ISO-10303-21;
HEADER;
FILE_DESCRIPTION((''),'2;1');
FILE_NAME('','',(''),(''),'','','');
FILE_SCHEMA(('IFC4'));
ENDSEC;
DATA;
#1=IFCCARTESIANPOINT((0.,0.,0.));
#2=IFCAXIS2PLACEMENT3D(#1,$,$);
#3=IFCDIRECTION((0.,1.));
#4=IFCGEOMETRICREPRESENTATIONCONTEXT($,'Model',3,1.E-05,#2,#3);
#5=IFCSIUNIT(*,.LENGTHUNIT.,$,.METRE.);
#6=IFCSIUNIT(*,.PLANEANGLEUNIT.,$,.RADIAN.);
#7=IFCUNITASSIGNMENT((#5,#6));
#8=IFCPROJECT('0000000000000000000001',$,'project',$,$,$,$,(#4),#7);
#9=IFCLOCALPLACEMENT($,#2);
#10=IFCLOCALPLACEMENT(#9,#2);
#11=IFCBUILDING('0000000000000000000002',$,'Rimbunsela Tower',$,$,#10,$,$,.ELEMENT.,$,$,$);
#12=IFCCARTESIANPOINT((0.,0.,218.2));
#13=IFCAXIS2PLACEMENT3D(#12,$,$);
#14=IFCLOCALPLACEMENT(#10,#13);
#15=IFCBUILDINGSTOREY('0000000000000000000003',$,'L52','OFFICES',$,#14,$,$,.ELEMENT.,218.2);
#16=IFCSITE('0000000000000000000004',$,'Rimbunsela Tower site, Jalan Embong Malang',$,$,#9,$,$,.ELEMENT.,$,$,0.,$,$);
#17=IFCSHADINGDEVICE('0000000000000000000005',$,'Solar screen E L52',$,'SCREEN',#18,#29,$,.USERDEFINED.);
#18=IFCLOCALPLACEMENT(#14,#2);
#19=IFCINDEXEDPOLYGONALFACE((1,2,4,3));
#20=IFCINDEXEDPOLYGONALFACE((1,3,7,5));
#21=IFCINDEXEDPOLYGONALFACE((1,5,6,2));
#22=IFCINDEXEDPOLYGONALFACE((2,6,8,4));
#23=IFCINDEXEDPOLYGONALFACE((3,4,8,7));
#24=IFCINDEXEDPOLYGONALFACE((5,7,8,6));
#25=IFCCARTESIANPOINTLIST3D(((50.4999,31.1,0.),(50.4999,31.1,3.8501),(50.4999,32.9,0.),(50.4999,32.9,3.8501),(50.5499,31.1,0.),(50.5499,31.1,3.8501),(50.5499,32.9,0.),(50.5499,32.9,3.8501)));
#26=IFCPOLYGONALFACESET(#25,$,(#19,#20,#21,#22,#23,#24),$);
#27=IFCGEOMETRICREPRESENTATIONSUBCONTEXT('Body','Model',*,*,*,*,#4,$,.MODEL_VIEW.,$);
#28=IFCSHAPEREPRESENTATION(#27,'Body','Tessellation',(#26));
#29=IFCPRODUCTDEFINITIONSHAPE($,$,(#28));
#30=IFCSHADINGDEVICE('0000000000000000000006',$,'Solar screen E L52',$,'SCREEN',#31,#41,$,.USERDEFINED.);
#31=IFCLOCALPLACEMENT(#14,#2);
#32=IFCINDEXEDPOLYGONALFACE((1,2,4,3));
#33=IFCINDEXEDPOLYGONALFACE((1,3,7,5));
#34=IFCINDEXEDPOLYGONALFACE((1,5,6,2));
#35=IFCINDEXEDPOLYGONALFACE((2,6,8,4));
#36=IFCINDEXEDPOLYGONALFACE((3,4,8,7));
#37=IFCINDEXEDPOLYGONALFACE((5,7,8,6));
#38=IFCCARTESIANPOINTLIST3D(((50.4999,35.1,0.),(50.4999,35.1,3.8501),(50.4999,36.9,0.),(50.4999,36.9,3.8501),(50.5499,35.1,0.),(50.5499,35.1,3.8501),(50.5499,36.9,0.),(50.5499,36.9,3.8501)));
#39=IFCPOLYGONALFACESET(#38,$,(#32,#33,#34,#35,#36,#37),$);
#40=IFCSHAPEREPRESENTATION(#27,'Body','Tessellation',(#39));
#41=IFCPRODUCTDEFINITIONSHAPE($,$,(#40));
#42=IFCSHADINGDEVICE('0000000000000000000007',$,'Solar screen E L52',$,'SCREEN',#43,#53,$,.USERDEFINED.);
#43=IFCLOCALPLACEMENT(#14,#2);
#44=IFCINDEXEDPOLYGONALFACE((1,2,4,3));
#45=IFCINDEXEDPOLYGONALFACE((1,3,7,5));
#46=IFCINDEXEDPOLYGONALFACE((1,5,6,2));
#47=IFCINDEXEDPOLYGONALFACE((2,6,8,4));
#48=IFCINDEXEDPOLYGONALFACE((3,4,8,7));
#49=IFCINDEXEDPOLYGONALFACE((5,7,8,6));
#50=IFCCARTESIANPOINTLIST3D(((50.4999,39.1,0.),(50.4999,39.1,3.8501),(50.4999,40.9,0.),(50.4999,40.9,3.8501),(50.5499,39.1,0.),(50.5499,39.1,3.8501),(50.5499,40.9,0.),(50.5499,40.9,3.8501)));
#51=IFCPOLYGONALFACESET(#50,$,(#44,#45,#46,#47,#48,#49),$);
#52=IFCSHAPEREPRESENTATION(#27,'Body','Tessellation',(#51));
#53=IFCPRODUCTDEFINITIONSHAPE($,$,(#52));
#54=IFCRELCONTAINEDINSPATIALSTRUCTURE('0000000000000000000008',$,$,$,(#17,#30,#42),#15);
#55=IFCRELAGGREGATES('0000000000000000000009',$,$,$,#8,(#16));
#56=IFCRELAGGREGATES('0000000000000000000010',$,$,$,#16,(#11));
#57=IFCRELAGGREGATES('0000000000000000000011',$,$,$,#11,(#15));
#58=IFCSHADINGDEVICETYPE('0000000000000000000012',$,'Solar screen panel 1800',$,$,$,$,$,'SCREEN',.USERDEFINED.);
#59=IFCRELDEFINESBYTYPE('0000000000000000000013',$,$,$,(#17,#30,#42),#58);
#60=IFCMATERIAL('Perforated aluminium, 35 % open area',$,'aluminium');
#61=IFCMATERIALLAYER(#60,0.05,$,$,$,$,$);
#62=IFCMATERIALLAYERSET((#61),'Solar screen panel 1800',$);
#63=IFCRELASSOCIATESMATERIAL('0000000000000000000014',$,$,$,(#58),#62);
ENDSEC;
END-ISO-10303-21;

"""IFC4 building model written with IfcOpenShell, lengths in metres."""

from ifc_helpers import new_model, si_unit, direction, frame, origin, origin_2d, place, context, subcontext, project, spatial, rectangle, extrude, material, layer, layer_set, type_object, element, save


model = new_model("IFC4")

# Units and contexts
model_context = context("Model", 3, precision=1e-05, world=origin(), true_north=direction((0.0, 1.0)))
body_context = subcontext(model_context, "Body", "Model", "MODEL_VIEW")
ifc_project = project(units=[si_unit("LENGTHUNIT", "METRE"), si_unit("PLANEANGLEUNIT", "RADIAN")], contexts=[model_context])

# Site, building, storey
site_placement = place(None, origin())
site = spatial("IfcSite", under=ifc_project, at=site_placement, Name="Rimbunsela Tower site, Jalan Embong Malang", CompositionType="ELEMENT", RefElevation=0.0)
building_placement = place(site_placement, origin())
building = spatial("IfcBuilding", under=site, at=building_placement, Name="Rimbunsela Tower", CompositionType="ELEMENT")
storey_placement = place(building_placement, frame((0.0, 0.0, 218.2)))
storey = spatial("IfcBuildingStorey", under=building, at=storey_placement, Name="L52", Description="OFFICES", CompositionType="ELEMENT", Elevation=218.2)

# Shading devices
ifc_material_1 = material(Name="Perforated aluminium, 35 % open area", Category="aluminium")
ifc_layer_1 = layer(ifc_material_1, 0.05)
ifc_layer_set_1 = layer_set([ifc_layer_1], Name="Solar screen panel 1800")
shading_device_type = type_object("IfcShadingDeviceType", Name="Solar screen panel 1800", ElementType="SCREEN", PredefinedType="USERDEFINED", material=ifc_layer_set_1)
for number, where, z_axis, x_axis, name in (
    (1, (50.5249, 32.0, 0.0), (0.0, 0.0, 1.0), (0.0, 1.0, 0.0), "Solar screen E L52"),
    (2, (50.5249, 36.0, 0.0), (0.0, 0.0, 1.0), (0.0, 1.0, 0.0), "Solar screen E L52"),
    (3, (50.5249, 40.0, 0.0), (0.0, 0.0, 1.0), (0.0, 1.0, 0.0), "Solar screen E L52"),
):
    element("IfcShadingDevice", number, at=place(storey_placement, frame(where, z_axis=z_axis, x_axis=x_axis)), inside=storey, type_object=shading_device_type, Name=name, ObjectType="SCREEN", PredefinedType="USERDEFINED", context=body_context, shape_type="SweptSolid", body=[
        extrude(rectangle(XDim=1.8, YDim=0.05, at=origin_2d()), origin(), (0.0, 0.0, 1.0), 3.8501),
    ])

save(model, "model.ifc")
